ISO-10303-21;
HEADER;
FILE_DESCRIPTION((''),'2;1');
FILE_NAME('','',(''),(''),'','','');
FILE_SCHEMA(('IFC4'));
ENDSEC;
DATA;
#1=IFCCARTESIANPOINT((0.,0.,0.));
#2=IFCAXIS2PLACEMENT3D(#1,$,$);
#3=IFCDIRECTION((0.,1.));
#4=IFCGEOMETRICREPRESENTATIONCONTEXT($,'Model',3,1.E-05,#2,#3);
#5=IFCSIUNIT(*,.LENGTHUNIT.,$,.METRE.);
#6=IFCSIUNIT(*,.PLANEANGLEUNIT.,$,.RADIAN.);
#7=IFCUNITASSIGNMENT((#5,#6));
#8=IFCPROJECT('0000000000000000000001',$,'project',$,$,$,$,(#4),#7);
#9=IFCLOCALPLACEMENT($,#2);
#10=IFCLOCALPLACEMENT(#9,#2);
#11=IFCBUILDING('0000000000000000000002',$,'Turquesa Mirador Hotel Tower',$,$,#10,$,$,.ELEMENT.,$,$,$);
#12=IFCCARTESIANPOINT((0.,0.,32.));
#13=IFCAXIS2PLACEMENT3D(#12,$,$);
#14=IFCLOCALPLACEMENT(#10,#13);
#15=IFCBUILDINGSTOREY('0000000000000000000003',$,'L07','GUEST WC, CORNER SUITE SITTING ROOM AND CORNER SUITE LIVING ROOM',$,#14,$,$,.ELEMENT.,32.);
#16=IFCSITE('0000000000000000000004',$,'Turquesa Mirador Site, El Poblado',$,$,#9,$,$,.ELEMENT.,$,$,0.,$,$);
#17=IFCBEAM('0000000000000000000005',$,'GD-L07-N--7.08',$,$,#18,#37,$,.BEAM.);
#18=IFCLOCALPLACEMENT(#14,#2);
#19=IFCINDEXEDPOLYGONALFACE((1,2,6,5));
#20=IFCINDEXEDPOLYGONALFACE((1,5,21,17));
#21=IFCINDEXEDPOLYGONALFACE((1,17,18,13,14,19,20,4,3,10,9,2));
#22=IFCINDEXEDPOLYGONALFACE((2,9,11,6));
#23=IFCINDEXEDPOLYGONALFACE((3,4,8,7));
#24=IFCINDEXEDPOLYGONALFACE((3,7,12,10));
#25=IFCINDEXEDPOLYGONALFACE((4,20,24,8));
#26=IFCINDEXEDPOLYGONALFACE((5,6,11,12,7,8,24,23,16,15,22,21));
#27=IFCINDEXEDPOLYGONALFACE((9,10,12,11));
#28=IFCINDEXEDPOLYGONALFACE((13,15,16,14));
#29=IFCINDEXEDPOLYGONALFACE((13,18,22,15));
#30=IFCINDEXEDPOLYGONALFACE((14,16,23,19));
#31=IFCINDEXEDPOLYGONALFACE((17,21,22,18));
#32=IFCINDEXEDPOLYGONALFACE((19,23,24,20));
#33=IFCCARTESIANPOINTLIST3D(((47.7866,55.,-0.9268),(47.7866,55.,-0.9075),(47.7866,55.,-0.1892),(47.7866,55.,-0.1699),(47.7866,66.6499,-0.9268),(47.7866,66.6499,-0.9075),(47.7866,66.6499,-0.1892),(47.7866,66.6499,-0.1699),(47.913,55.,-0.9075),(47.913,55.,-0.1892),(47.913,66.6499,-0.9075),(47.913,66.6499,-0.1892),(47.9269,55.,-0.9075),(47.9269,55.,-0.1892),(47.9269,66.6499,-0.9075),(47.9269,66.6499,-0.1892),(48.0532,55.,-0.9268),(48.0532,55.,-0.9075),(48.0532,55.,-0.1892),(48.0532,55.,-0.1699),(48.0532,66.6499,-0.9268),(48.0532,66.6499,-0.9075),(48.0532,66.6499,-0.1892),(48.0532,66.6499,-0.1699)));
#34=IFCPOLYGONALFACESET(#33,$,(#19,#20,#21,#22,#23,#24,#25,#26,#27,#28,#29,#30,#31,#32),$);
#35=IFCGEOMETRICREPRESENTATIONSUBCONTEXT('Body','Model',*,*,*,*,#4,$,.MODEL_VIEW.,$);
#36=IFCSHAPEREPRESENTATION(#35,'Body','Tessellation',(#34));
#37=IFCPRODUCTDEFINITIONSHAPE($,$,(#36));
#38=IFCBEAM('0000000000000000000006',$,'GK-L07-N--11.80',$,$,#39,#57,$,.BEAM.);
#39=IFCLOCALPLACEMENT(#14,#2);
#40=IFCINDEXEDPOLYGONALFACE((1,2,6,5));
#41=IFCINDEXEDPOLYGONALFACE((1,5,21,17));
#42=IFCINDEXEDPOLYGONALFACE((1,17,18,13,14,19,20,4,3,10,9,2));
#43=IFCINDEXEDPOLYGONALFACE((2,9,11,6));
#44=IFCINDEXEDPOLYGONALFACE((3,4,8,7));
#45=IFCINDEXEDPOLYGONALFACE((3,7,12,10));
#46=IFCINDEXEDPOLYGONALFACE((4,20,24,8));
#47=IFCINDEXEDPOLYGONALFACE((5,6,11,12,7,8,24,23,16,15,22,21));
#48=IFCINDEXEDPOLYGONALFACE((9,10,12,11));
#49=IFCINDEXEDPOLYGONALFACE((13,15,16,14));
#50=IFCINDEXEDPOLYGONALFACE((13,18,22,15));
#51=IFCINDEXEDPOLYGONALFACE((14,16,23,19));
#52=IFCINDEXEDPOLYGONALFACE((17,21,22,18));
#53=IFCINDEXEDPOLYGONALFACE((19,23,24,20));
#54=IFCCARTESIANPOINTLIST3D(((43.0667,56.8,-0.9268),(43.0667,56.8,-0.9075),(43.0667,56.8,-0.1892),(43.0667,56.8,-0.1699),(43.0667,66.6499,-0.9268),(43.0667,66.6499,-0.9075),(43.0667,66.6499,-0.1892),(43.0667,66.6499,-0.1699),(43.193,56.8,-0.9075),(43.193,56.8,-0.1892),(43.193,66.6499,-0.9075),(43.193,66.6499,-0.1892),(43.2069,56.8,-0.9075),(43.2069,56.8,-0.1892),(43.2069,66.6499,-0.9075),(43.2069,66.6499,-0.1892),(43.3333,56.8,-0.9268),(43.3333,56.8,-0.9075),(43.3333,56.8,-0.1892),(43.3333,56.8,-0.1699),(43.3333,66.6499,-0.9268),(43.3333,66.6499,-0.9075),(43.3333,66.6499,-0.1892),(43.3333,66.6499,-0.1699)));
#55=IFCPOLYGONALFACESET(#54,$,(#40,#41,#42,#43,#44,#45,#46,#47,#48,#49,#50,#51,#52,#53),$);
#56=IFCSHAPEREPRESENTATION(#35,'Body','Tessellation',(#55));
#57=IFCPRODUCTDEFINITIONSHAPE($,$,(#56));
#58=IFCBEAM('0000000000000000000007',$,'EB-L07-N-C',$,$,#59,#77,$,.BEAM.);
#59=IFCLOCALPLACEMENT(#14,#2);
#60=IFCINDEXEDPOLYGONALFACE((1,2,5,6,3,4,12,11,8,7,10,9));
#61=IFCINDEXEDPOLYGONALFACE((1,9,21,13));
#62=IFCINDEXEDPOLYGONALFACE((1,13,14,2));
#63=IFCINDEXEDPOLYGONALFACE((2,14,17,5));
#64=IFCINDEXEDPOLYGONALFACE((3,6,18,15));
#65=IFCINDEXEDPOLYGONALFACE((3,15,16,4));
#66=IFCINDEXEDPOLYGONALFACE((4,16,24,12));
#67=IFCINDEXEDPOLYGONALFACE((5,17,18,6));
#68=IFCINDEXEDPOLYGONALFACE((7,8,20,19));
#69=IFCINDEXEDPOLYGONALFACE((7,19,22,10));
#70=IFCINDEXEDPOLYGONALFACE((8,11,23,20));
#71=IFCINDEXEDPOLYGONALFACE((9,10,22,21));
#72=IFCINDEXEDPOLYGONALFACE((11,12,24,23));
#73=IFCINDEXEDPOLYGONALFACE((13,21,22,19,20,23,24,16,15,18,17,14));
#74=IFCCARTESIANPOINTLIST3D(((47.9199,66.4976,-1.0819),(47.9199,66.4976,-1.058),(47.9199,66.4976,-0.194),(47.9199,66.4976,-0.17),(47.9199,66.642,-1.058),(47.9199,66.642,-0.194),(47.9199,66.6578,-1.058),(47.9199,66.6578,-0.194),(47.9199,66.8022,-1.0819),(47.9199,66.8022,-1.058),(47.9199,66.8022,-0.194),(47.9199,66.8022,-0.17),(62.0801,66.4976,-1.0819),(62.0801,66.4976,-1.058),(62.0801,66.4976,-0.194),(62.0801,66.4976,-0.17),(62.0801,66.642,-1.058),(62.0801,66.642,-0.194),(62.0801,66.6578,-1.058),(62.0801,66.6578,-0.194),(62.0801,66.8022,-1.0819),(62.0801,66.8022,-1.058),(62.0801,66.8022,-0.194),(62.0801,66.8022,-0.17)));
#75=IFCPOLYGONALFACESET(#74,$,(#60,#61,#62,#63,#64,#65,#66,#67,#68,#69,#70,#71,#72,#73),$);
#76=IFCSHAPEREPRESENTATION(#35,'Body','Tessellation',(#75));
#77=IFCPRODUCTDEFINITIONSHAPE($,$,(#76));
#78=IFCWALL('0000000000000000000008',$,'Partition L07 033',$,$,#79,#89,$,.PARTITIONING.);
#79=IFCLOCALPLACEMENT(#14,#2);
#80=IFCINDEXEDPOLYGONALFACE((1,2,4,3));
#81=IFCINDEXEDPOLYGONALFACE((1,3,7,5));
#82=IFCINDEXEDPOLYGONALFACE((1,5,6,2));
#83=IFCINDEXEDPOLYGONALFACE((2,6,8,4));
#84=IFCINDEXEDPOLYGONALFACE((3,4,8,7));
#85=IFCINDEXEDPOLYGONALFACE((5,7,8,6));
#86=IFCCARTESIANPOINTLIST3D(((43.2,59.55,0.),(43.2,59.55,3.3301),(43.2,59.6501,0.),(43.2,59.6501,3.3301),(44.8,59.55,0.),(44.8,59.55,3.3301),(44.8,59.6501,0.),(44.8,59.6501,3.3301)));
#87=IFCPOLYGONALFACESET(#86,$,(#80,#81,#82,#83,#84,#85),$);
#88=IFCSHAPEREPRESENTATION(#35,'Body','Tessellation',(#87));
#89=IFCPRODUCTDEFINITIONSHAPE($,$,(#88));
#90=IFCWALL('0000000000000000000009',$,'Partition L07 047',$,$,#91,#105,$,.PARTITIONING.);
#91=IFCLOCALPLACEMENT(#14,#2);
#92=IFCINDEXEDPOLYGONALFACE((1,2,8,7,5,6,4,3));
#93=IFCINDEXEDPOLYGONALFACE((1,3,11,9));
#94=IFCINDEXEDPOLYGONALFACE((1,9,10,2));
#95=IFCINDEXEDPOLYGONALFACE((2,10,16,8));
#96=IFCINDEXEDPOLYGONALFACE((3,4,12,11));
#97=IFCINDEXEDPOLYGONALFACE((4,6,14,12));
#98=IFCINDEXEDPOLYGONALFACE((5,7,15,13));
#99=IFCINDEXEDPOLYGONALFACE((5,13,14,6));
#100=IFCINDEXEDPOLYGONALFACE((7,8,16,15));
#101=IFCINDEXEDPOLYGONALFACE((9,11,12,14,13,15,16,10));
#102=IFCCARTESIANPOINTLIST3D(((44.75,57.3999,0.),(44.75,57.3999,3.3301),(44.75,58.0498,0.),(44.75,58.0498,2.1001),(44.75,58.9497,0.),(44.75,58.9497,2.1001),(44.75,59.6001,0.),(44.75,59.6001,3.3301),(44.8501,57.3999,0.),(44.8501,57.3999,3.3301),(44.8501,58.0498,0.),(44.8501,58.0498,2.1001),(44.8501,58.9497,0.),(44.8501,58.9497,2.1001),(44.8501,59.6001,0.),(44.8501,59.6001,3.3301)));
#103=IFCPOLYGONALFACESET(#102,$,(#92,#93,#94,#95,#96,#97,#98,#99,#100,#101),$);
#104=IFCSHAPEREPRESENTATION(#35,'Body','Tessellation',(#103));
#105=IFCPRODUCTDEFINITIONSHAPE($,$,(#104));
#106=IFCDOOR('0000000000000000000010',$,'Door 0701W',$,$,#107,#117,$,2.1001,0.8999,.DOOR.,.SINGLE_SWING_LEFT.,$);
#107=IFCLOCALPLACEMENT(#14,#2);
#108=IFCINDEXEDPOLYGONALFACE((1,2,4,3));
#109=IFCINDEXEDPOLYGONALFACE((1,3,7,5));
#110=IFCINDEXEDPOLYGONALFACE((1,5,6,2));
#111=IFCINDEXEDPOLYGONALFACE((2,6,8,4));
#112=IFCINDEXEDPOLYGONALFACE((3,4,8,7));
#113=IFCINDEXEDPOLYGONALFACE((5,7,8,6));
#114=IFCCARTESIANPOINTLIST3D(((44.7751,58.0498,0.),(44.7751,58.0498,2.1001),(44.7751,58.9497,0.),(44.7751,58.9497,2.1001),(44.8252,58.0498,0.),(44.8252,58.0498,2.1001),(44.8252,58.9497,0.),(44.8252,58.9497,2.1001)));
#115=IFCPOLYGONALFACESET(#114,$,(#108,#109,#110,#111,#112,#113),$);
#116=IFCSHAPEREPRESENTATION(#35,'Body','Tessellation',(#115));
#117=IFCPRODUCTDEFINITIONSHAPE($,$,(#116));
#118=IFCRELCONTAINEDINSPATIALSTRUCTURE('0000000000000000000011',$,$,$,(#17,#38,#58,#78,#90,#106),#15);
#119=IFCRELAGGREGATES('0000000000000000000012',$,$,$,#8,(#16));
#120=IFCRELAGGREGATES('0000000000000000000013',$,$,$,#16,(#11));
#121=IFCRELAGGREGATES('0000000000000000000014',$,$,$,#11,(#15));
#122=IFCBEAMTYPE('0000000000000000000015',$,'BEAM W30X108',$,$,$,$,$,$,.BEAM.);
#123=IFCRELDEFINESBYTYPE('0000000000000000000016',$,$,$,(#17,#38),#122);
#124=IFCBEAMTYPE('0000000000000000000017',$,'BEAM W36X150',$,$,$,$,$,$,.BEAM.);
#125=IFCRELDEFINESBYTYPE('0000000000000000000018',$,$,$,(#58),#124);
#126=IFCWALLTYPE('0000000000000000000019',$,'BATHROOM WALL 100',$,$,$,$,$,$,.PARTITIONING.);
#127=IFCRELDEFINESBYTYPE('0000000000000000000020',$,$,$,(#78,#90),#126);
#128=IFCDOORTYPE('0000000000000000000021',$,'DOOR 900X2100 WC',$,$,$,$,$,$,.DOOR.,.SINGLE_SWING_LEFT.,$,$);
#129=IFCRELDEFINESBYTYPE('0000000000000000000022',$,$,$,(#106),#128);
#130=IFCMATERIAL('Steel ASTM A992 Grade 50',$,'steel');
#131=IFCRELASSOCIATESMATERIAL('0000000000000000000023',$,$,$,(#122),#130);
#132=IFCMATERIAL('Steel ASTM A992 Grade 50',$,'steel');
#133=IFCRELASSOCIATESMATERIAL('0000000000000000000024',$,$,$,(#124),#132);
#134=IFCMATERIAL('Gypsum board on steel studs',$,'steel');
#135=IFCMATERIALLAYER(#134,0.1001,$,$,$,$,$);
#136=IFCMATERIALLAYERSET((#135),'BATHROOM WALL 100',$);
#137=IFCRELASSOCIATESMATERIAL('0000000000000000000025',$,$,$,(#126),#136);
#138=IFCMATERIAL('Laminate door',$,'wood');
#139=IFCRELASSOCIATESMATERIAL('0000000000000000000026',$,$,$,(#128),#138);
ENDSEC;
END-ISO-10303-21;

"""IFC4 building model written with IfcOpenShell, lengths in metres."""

from ifc_helpers import new_model, si_unit, direction, frame, frame_2d, origin, origin_2d, place, context, subcontext, project, spatial, rectangle, i_section, extrude, material, layer, layer_set, material_profile, profile_set, type_object, element, fill, save


model = new_model("IFC4")

# Units and contexts
model_context = context("Model", 3, precision=1e-05, world=origin(), true_north=direction((0.0, 1.0)))
body_context = subcontext(model_context, "Body", "Model", "MODEL_VIEW")
ifc_project = project(units=[si_unit("LENGTHUNIT", "METRE"), si_unit("PLANEANGLEUNIT", "RADIAN")], contexts=[model_context])

# Site, building, storey
site_placement = place(None, origin())
site = spatial("IfcSite", under=ifc_project, at=site_placement, Name="Turquesa Mirador Site, El Poblado", CompositionType="ELEMENT", RefElevation=0.0)
building_placement = place(site_placement, origin())
building = spatial("IfcBuilding", under=site, at=building_placement, Name="Turquesa Mirador Hotel Tower", CompositionType="ELEMENT")
storey_placement = place(building_placement, frame((0.0, 0.0, 32.0)))
storey = spatial("IfcBuildingStorey", under=building, at=storey_placement, Name="L07", Description="GUEST WC, CORNER SUITE SITTING ROOM AND CORNER SUITE LIVING ROOM", CompositionType="ELEMENT", Elevation=32.0)

# Beams
ifc_material_1 = material(Name="Steel ASTM A992 Grade 50", Category="steel")
ifc_material_profile_1 = material_profile(ifc_material_1, i_section(OverallWidth=0.2666, OverallDepth=0.7568, WebThickness=0.0139, FlangeThickness=0.0193, at=origin_2d()), Name="W30X108")
ifc_profile_set_1 = profile_set([ifc_material_profile_1], Name="Steel ASTM A992 Grade 50")
beam_type_1 = type_object("IfcBeamType", Name="BEAM W30X108", PredefinedType="BEAM", material=ifc_profile_set_1)
beam_1_placement = place(storey_placement, frame((47.9199, 66.6499, -0.5483), z_axis=(0.0, -1.0, 0.0), x_axis=(1.0, 0.0, 0.0)))
element("IfcBeam", 1, at=beam_1_placement, inside=storey, type_object=beam_type_1, Name="GD-L07-N--7.08", PredefinedType="BEAM", context=body_context, shape_type="SweptSolid", body=[
    extrude(i_section(OverallWidth=0.2666, OverallDepth=0.7568, WebThickness=0.0139, FlangeThickness=0.0193, at=origin_2d()), origin(), (0.0, 0.0, 1.0), 11.6499),
])
beam_2_placement = place(storey_placement, frame((43.2, 66.6499, -0.5483), z_axis=(0.0, -1.0, 0.0), x_axis=(1.0, 0.0, 0.0)))
element("IfcBeam", 2, at=beam_2_placement, inside=storey, type_object=beam_type_1, Name="GK-L07-N--11.80", PredefinedType="BEAM", context=body_context, shape_type="SweptSolid", body=[
    extrude(i_section(OverallWidth=0.2666, OverallDepth=0.7568, WebThickness=0.0139, FlangeThickness=0.0193, at=origin_2d()), origin(), (0.0, 0.0, 1.0), 9.8499),
])
ifc_material_2 = material(Name="Steel ASTM A992 Grade 50", Category="steel")
ifc_material_profile_2 = material_profile(ifc_material_2, i_section(OverallWidth=0.3047, OverallDepth=0.9119, WebThickness=0.0159, FlangeThickness=0.0239, at=origin_2d()), Name="W36X150")
ifc_profile_set_2 = profile_set([ifc_material_profile_2], Name="Steel ASTM A992 Grade 50")
beam_type_2 = type_object("IfcBeamType", Name="BEAM W36X150", PredefinedType="BEAM", material=ifc_profile_set_2)
beam_3_placement = place(storey_placement, frame((47.9199, 66.6499, -0.626), z_axis=(1.0, 0.0, 0.0), x_axis=(0.0, 1.0, 0.0)))
element("IfcBeam", 3, at=beam_3_placement, inside=storey, type_object=beam_type_2, Name="EB-L07-N-C", PredefinedType="BEAM", context=body_context, shape_type="SweptSolid", body=[
    extrude(i_section(OverallWidth=0.3047, OverallDepth=0.9119, WebThickness=0.0159, FlangeThickness=0.0239, at=origin_2d()), origin(), (0.0, 0.0, 1.0), 14.1602),
])

# Wall
ifc_material_3 = material(Name="Gypsum board on steel studs", Category="steel")
ifc_layer_1 = layer(ifc_material_3, 0.1001)
ifc_layer_set_1 = layer_set([ifc_layer_1], Name="BATHROOM WALL 100")
wall_type_1 = type_object("IfcWallType", Name="BATHROOM WALL 100", PredefinedType="PARTITIONING", material=ifc_layer_set_1)
wall_1_placement = place(storey_placement, frame((43.2, 59.6001, 0.0), z_axis=(0.0, 0.0, 1.0), x_axis=(1.0, 0.0, 0.0)))
element("IfcWall", 4, at=wall_1_placement, inside=storey, type_object=wall_type_1, Name="Partition L07 033", PredefinedType="PARTITIONING", context=body_context, shape_type="SweptSolid", body=[
    extrude(rectangle(XDim=1.6001, YDim=0.1001, at=frame_2d((0.8, 0.0))), origin(), (0.0, 0.0, 1.0), 3.3301),
])

# Wall, opening, door
wall_2_placement = place(storey_placement, frame((44.8, 57.3999, 0.0), z_axis=(0.0, 0.0, 1.0), x_axis=(0.0, 1.0, 0.0)))
wall_2 = element("IfcWall", 5, at=wall_2_placement, inside=storey, type_object=wall_type_1, Name="Partition L07 047", PredefinedType="PARTITIONING", context=body_context, shape_type="SweptSolid", body=[
    extrude(rectangle(XDim=2.2002, YDim=0.1001, at=frame_2d((1.1001, 0.0))), origin(), (0.0, 0.0, 1.0), 3.3301),
])
opening_1_placement = place(wall_2_placement, frame((0.6499, 0.0, 0.0)))
opening_1 = element("IfcOpeningElement", 6, at=opening_1_placement, cuts=wall_2, PredefinedType="OPENING", context=body_context, shape_type="SweptSolid", body=[
    extrude(rectangle(XDim=0.8999, YDim=2.1001, at=frame_2d((0.45, 1.05))), frame((0.0, 0.0601, 0.0), z_axis=(0.0, -1.0, 0.0), x_axis=(1.0, 0.0, 0.0)), (0.0, 0.0, 1.0), 0.1201),
])
ifc_material_4 = material(Name="Laminate door", Category="wood")
door_type_1 = type_object("IfcDoorType", Name="DOOR 900X2100 WC", OperationType="SINGLE_SWING_LEFT", PredefinedType="DOOR", material=ifc_material_4)
door_1_placement = place(opening_1_placement, origin())
door_1 = element("IfcDoor", 7, at=door_1_placement, inside=storey, type_object=door_type_1, Name="Door 0701W", OperationType="SINGLE_SWING_LEFT", OverallHeight=2.1001, OverallWidth=0.8999, PredefinedType="DOOR", context=body_context, shape_type="SweptSolid", body=[
    extrude(rectangle(XDim=0.8999, YDim=2.1001, at=frame_2d((0.45, 1.05))), frame((0.0, 0.0249, 0.0), z_axis=(0.0, -1.0, 0.0), x_axis=(1.0, 0.0, 0.0)), (0.0, 0.0, 1.0), 0.05),
])
fill(opening_1, door_1)

save(model, "model.ifc")
